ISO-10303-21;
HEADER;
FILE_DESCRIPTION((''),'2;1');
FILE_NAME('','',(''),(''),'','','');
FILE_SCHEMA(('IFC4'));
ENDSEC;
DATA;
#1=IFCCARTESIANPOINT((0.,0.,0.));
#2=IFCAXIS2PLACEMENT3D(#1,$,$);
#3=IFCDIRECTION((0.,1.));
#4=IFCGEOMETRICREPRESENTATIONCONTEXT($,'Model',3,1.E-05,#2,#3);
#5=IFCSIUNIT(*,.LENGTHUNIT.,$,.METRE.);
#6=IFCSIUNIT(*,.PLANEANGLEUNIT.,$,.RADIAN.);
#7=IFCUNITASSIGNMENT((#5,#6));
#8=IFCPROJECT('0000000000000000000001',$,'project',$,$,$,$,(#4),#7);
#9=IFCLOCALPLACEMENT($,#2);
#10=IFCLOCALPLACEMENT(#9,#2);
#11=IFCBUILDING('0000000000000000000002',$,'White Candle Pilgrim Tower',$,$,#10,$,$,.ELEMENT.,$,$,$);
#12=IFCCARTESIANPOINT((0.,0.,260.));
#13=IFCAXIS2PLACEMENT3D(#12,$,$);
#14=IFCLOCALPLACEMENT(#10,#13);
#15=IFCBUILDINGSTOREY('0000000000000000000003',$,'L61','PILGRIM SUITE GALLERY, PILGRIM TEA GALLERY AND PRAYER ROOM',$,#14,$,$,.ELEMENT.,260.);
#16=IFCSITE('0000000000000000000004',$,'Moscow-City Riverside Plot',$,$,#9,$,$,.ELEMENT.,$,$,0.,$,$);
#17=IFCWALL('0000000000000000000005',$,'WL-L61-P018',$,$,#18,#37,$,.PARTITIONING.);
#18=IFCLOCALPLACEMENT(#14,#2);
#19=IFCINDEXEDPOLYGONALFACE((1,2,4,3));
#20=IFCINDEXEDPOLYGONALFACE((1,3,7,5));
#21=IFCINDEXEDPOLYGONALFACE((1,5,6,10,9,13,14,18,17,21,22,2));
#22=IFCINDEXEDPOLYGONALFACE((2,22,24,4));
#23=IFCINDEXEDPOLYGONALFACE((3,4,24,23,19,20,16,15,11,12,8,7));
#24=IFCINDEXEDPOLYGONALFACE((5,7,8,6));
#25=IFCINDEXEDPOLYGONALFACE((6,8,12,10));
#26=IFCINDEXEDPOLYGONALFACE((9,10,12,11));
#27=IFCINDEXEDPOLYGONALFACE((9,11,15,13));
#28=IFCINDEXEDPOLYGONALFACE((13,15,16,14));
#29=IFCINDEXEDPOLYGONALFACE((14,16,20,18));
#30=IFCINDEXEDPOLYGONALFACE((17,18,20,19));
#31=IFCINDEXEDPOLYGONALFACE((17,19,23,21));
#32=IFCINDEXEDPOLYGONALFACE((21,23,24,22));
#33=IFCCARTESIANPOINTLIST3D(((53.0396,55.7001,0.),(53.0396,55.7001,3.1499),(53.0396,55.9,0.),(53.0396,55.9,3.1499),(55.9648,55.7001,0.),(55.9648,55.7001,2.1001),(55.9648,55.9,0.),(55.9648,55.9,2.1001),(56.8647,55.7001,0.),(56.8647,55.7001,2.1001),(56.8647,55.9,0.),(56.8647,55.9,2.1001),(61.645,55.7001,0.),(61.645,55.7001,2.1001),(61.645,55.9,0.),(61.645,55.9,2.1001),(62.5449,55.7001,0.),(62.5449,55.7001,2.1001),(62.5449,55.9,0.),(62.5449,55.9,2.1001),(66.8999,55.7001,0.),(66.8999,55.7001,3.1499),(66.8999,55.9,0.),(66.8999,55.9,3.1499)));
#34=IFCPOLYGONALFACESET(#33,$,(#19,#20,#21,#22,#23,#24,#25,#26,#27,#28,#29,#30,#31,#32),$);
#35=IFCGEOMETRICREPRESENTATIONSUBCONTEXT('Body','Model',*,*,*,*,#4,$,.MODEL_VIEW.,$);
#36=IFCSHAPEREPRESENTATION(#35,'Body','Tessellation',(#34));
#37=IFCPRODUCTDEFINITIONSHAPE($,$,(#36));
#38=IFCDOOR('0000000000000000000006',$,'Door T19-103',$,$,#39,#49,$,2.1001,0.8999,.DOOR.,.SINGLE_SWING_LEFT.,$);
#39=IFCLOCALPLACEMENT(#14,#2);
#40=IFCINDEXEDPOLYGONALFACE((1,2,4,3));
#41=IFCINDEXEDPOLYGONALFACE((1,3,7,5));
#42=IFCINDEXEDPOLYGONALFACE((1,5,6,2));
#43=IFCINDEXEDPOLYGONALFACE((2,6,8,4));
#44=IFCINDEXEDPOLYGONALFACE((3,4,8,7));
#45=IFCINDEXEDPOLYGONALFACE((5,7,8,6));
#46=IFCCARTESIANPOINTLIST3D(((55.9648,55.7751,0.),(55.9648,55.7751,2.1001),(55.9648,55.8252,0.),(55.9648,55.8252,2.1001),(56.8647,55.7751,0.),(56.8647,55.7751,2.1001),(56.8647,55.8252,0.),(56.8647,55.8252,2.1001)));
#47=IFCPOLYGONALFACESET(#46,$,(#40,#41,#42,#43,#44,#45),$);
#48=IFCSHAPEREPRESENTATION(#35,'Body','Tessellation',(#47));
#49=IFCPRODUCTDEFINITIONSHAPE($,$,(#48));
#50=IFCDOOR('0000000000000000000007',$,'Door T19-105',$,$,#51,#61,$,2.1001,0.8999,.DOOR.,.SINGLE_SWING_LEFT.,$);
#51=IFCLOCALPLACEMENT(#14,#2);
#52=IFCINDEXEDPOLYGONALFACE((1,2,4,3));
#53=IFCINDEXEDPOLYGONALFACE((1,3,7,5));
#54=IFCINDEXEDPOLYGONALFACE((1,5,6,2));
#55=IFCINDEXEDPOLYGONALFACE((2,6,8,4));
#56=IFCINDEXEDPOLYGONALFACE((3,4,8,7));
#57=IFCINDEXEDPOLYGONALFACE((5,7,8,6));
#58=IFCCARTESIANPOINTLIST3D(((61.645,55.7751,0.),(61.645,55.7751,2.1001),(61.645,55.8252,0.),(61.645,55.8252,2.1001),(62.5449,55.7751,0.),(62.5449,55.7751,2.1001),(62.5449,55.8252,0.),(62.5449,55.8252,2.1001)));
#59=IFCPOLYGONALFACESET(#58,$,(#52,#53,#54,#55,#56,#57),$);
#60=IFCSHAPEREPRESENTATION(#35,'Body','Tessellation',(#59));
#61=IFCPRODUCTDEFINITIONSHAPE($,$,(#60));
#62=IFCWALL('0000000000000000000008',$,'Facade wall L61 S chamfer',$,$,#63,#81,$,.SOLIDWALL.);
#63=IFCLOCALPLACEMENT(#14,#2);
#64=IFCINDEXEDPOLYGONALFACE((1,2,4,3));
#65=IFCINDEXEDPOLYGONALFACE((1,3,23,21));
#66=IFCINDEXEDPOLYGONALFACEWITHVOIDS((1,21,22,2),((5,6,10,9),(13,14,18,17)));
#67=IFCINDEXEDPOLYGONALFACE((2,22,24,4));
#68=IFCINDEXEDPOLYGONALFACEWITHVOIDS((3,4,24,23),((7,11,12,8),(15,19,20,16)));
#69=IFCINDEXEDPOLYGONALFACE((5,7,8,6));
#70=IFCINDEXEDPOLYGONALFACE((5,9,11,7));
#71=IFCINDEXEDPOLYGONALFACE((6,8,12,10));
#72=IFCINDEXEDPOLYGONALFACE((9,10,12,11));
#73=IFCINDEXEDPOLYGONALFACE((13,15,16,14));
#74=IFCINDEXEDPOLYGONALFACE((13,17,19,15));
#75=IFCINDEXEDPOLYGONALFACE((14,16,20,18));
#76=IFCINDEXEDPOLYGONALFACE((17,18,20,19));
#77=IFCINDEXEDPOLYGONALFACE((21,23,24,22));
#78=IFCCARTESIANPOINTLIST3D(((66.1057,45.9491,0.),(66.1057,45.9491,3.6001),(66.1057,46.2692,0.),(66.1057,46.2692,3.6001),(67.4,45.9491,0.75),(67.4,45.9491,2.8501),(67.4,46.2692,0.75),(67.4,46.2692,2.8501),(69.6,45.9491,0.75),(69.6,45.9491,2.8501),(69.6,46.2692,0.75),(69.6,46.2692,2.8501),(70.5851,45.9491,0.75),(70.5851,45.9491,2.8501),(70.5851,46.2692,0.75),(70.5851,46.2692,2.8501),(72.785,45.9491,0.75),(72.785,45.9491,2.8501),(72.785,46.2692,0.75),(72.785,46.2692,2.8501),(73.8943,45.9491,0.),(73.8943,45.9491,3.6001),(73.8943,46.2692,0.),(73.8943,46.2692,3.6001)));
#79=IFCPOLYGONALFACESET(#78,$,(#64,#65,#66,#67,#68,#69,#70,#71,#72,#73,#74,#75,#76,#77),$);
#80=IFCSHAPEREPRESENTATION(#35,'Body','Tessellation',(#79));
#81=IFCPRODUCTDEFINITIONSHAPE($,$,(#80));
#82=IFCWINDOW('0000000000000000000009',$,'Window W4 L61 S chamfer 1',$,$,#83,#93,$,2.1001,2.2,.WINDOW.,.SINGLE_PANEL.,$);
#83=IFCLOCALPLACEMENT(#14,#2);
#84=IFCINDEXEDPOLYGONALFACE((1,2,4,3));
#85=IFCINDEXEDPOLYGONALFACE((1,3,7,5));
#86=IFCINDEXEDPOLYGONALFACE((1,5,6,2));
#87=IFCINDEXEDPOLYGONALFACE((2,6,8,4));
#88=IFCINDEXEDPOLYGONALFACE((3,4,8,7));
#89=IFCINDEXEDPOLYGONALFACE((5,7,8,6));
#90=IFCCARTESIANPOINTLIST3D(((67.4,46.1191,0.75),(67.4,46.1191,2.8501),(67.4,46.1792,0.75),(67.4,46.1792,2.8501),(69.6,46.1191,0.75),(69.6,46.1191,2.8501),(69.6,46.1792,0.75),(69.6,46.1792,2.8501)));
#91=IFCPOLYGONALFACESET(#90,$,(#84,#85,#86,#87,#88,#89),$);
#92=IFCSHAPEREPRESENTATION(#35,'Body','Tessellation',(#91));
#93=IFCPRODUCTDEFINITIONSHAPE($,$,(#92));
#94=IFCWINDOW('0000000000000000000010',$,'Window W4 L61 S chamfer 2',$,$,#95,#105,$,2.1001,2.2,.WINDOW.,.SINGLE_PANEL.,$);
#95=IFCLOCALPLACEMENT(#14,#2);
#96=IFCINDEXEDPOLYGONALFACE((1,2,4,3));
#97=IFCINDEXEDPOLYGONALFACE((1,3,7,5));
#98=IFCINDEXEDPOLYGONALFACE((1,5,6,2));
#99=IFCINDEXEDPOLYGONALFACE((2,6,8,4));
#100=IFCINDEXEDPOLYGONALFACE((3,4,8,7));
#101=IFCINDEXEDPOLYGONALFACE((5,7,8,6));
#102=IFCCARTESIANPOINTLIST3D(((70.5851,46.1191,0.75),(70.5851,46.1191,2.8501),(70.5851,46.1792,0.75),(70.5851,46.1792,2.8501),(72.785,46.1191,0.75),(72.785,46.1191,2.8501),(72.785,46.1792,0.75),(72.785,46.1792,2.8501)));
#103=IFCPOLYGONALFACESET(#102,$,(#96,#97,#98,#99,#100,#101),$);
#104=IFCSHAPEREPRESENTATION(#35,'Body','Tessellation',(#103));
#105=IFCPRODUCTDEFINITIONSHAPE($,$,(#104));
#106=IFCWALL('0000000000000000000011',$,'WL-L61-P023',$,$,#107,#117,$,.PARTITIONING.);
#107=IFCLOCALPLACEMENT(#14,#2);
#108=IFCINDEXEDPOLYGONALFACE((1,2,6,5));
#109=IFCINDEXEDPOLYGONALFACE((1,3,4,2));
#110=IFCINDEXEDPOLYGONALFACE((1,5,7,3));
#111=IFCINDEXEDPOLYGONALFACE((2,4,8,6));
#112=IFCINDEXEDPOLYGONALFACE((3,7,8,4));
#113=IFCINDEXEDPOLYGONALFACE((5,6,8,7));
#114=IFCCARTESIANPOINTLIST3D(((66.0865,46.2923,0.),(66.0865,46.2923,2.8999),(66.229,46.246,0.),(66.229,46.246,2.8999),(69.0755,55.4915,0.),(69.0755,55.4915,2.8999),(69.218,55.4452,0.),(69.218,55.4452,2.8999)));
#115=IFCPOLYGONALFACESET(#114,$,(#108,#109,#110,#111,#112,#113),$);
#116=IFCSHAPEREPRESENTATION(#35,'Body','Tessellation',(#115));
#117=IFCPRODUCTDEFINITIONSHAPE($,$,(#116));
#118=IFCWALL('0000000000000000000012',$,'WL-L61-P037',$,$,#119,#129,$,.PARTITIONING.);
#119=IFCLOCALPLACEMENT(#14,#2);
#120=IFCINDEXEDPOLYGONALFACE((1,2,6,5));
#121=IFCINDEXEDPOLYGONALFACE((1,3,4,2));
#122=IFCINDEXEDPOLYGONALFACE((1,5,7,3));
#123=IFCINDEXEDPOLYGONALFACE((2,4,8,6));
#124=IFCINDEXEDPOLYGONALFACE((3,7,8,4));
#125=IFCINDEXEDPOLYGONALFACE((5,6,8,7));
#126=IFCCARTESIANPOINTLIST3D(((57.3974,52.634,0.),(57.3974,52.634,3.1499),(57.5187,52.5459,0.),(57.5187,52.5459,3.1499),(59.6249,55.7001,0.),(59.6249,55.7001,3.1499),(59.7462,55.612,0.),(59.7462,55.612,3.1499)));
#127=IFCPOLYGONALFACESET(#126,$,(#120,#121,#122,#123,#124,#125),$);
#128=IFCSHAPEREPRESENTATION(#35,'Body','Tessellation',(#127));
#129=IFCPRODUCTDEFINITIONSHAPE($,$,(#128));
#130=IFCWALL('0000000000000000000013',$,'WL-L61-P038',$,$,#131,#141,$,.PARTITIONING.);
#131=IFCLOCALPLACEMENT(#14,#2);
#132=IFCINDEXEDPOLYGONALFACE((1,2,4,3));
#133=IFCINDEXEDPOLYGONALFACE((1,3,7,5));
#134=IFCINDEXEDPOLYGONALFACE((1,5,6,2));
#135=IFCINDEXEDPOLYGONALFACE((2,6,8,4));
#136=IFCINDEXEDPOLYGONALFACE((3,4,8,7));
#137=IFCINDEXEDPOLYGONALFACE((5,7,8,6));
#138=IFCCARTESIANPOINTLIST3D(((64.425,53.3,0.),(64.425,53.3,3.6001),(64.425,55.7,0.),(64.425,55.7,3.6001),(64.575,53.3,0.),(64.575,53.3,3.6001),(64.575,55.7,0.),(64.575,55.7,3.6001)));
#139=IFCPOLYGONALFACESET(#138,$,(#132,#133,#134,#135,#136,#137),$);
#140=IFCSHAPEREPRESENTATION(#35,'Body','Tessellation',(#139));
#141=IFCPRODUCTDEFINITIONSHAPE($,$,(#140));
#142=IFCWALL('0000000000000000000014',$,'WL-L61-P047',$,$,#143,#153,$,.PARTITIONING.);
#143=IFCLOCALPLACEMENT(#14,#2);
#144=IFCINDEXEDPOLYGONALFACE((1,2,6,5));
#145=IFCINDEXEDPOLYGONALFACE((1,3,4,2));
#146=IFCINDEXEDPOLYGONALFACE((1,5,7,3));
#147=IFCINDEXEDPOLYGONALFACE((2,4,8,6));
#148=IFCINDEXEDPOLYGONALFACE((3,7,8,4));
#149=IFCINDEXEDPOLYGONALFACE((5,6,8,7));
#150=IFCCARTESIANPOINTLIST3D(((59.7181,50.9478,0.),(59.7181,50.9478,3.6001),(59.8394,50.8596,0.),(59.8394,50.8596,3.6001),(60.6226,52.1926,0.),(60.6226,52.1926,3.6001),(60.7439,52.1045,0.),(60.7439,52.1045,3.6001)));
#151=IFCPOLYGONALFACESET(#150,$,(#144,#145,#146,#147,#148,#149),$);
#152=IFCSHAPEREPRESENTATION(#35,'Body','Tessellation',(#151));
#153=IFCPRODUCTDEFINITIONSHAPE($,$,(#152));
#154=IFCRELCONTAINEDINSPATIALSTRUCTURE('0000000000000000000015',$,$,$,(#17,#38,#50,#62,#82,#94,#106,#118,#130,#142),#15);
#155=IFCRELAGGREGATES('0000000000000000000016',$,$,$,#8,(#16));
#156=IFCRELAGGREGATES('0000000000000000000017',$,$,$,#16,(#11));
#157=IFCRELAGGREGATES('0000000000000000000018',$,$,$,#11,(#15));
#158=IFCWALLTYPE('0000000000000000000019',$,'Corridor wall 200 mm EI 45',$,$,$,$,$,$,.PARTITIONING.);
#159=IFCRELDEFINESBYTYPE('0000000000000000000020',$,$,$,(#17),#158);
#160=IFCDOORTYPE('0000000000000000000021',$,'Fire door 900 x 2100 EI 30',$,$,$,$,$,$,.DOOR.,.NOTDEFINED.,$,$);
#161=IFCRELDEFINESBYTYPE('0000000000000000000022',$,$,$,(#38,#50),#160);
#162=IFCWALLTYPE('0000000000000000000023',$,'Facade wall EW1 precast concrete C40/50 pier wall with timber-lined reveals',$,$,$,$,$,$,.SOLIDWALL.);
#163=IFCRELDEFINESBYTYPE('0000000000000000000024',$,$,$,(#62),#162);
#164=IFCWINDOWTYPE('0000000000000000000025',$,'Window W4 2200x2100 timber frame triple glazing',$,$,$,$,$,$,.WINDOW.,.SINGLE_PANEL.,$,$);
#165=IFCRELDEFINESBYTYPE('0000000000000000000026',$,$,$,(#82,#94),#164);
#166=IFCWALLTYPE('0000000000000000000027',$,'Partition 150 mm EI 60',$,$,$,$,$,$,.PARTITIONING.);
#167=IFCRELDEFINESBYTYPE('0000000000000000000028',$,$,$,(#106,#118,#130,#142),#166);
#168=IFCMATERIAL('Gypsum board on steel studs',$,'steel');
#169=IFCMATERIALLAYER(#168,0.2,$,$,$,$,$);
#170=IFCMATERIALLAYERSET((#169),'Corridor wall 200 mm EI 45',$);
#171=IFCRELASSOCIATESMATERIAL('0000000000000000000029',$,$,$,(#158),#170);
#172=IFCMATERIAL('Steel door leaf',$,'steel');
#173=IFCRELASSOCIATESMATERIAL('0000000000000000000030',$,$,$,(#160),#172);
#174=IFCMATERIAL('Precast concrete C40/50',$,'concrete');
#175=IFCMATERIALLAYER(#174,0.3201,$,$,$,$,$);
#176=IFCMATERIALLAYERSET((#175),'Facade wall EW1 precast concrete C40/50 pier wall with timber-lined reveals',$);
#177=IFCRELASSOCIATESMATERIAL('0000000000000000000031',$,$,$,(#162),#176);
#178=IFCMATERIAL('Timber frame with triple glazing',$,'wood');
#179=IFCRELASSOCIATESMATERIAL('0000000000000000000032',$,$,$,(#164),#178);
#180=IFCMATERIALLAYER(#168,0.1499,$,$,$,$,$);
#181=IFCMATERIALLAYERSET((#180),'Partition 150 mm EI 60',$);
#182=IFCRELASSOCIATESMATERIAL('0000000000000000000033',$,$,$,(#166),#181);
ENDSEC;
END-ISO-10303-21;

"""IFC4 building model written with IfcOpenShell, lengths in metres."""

from ifc_helpers import new_model, si_unit, direction, frame, frame_2d, origin, place, context, subcontext, project, spatial, rectangle, extrude, material, layer, layer_set, type_object, element, fill, save


model = new_model("IFC4")

# Units and contexts
model_context = context("Model", 3, precision=1e-05, world=origin(), true_north=direction((0.0, 1.0)))
body_context = subcontext(model_context, "Body", "Model", "MODEL_VIEW")
ifc_project = project(units=[si_unit("LENGTHUNIT", "METRE"), si_unit("PLANEANGLEUNIT", "RADIAN")], contexts=[model_context])

# Site, building, storey
site_placement = place(None, origin())
site = spatial("IfcSite", under=ifc_project, at=site_placement, Name="Moscow-City Riverside Plot", CompositionType="ELEMENT", RefElevation=0.0)
building_placement = place(site_placement, origin())
building = spatial("IfcBuilding", under=site, at=building_placement, Name="White Candle Pilgrim Tower", CompositionType="ELEMENT")
storey_placement = place(building_placement, frame((0.0, 0.0, 260.0)))
storey = spatial("IfcBuildingStorey", under=building, at=storey_placement, Name="L61", Description="PILGRIM SUITE GALLERY, PILGRIM TEA GALLERY AND PRAYER ROOM", CompositionType="ELEMENT", Elevation=260.0)

# Wall, openings, doors
ifc_material_1 = material(Name="Gypsum board on steel studs", Category="steel")
ifc_layer_1 = layer(ifc_material_1, 0.2)
ifc_layer_set_1 = layer_set([ifc_layer_1], Name="Corridor wall 200 mm EI 45")
wall_type_1 = type_object("IfcWallType", Name="Corridor wall 200 mm EI 45", PredefinedType="PARTITIONING", material=ifc_layer_set_1)
wall_1_placement = place(storey_placement, frame((66.8999, 55.8, 0.0), z_axis=(0.0, 0.0, 1.0), x_axis=(-1.0, 0.0, 0.0)))
wall_1 = element("IfcWall", 1, at=wall_1_placement, inside=storey, type_object=wall_type_1, Name="WL-L61-P018", PredefinedType="PARTITIONING", context=body_context, shape_type="SweptSolid", body=[
    extrude(rectangle(XDim=13.8604, YDim=0.2, at=frame_2d((6.9302, 0.0))), origin(), (0.0, 0.0, 1.0), 3.1499),
])
opening_1_placement = place(wall_1_placement, frame((10.0352, 0.0, 0.0)))
opening_1 = element("IfcOpeningElement", 2, at=opening_1_placement, cuts=wall_1, PredefinedType="OPENING", context=body_context, shape_type="SweptSolid", body=[
    extrude(rectangle(XDim=0.8999, YDim=2.1001, at=frame_2d((0.45, 1.05))), frame((0.0, 0.1099, 0.0), z_axis=(0.0, -1.0, 0.0), x_axis=(1.0, 0.0, 0.0)), (0.0, 0.0, 1.0), 0.22),
])
opening_2_placement = place(wall_1_placement, frame((4.355, 0.0, 0.0)))
opening_2 = element("IfcOpeningElement", 3, at=opening_2_placement, cuts=wall_1, PredefinedType="OPENING", context=body_context, shape_type="SweptSolid", body=[
    extrude(rectangle(XDim=0.8999, YDim=2.1001, at=frame_2d((0.45, 1.05))), frame((0.0, 0.1099, 0.0), z_axis=(0.0, -1.0, 0.0), x_axis=(1.0, 0.0, 0.0)), (0.0, 0.0, 1.0), 0.22),
])
ifc_material_2 = material(Name="Steel door leaf", Category="steel")
door_type = type_object("IfcDoorType", Name="Fire door 900 x 2100 EI 30", OperationType="NOTDEFINED", PredefinedType="DOOR", material=ifc_material_2)
door_1_placement = place(opening_1_placement, origin())
door_1 = element("IfcDoor", 4, at=door_1_placement, inside=storey, type_object=door_type, Name="Door T19-103", OperationType="SINGLE_SWING_LEFT", OverallHeight=2.1001, OverallWidth=0.8999, PredefinedType="DOOR", context=body_context, shape_type="SweptSolid", body=[
    extrude(rectangle(XDim=0.8999, YDim=2.1001, at=frame_2d((0.45, 1.05))), frame((0.0, 0.0249, 0.0), z_axis=(0.0, -1.0, 0.0), x_axis=(1.0, 0.0, 0.0)), (0.0, 0.0, 1.0), 0.05),
])
fill(opening_1, door_1)
door_2_placement = place(opening_2_placement, origin())
door_2 = element("IfcDoor", 5, at=door_2_placement, inside=storey, type_object=door_type, Name="Door T19-105", OperationType="SINGLE_SWING_LEFT", OverallHeight=2.1001, OverallWidth=0.8999, PredefinedType="DOOR", context=body_context, shape_type="SweptSolid", body=[
    extrude(rectangle(XDim=0.8999, YDim=2.1001, at=frame_2d((0.45, 1.05))), frame((0.0, 0.0249, 0.0), z_axis=(0.0, -1.0, 0.0), x_axis=(1.0, 0.0, 0.0)), (0.0, 0.0, 1.0), 0.05),
])
fill(opening_2, door_2)

# Wall, openings, windows
ifc_material_3 = material(Name="Precast concrete C40/50", Category="concrete")
ifc_layer_2 = layer(ifc_material_3, 0.3201)
ifc_layer_set_2 = layer_set([ifc_layer_2], Name="Facade wall EW1 precast concrete C40/50 pier wall with timber-lined reveals")
wall_type_2 = type_object("IfcWallType", Name="Facade wall EW1 precast concrete C40/50 pier wall with timber-lined reveals", PredefinedType="SOLIDWALL", material=ifc_layer_set_2)
wall_2_placement = place(storey_placement, frame((66.1057, 46.1091, 0.0), z_axis=(0.0, 0.0, 1.0), x_axis=(1.0, 0.0, 0.0)))
wall_2 = element("IfcWall", 6, at=wall_2_placement, inside=storey, type_object=wall_type_2, Name="Facade wall L61 S chamfer", PredefinedType="SOLIDWALL", context=body_context, shape_type="SweptSolid", body=[
    extrude(rectangle(XDim=7.7886, YDim=0.3201, at=frame_2d((3.8943, 0.0))), origin(), (0.0, 0.0, 1.0), 3.6001),
])
opening_3_placement = place(wall_2_placement, frame((1.2942, 0.0, 0.75)))
opening_3 = element("IfcOpeningElement", 7, at=opening_3_placement, cuts=wall_2, PredefinedType="OPENING", context=body_context, shape_type="SweptSolid", body=[
    extrude(rectangle(XDim=2.2, YDim=2.1001, at=frame_2d((1.1001, 1.05))), frame((0.0, 0.1699, 0.0), z_axis=(0.0, -1.0, 0.0), x_axis=(1.0, 0.0, 0.0)), (0.0, 0.0, 1.0), 0.3401),
])
opening_4_placement = place(wall_2_placement, frame((4.4792, 0.0, 0.75)))
opening_4 = element("IfcOpeningElement", 8, at=opening_4_placement, cuts=wall_2, PredefinedType="OPENING", context=body_context, shape_type="SweptSolid", body=[
    extrude(rectangle(XDim=2.2, YDim=2.1001, at=frame_2d((1.1001, 1.05))), frame((0.0, 0.1699, 0.0), z_axis=(0.0, -1.0, 0.0), x_axis=(1.0, 0.0, 0.0)), (0.0, 0.0, 1.0), 0.3401),
])
ifc_material_4 = material(Name="Timber frame with triple glazing", Category="wood")
window_type = type_object("IfcWindowType", Name="Window W4 2200x2100 timber frame triple glazing", PartitioningType="SINGLE_PANEL", PredefinedType="WINDOW", material=ifc_material_4)
window_1_placement = place(opening_3_placement, origin())
window_1 = element("IfcWindow", 9, at=window_1_placement, inside=storey, type_object=window_type, Name="Window W4 L61 S chamfer 1", OverallHeight=2.1001, OverallWidth=2.2, PartitioningType="SINGLE_PANEL", PredefinedType="WINDOW", context=body_context, shape_type="SweptSolid", body=[
    extrude(rectangle(XDim=2.2, YDim=2.1001, at=frame_2d((1.1001, 1.05))), frame((0.0, 0.0701, 0.0), z_axis=(0.0, -1.0, 0.0), x_axis=(1.0, 0.0, 0.0)), (0.0, 0.0, 1.0), 0.0601),
])
fill(opening_3, window_1)
window_2_placement = place(opening_4_placement, origin())
window_2 = element("IfcWindow", 10, at=window_2_placement, inside=storey, type_object=window_type, Name="Window W4 L61 S chamfer 2", OverallHeight=2.1001, OverallWidth=2.2, PartitioningType="SINGLE_PANEL", PredefinedType="WINDOW", context=body_context, shape_type="SweptSolid", body=[
    extrude(rectangle(XDim=2.2, YDim=2.1001, at=frame_2d((1.1001, 1.05))), frame((0.0, 0.0701, 0.0), z_axis=(0.0, -1.0, 0.0), x_axis=(1.0, 0.0, 0.0)), (0.0, 0.0, 1.0), 0.0601),
])
fill(opening_4, window_2)

# Walls
ifc_layer_3 = layer(ifc_material_1, 0.1499)
ifc_layer_set_3 = layer_set([ifc_layer_3], Name="Partition 150 mm EI 60")
wall_type_3 = type_object("IfcWallType", Name="Partition 150 mm EI 60", PredefinedType="PARTITIONING", material=ifc_layer_set_3)
wall_3_placement = place(storey_placement, frame((66.1577, 46.269, 0.0), z_axis=(0.0, 0.0, 1.0), x_axis=(0.309018, 0.951056, 0.0)))
element("IfcWall", 11, at=wall_3_placement, inside=storey, type_object=wall_type_3, Name="WL-L61-P023", PredefinedType="PARTITIONING", context=body_context, shape_type="SweptSolid", body=[
    extrude(rectangle(XDim=9.6726, YDim=0.1499, at=frame_2d((4.8364, 0.0))), origin(), (0.0, 0.0, 1.0), 2.8999),
])
wall_4_placement = place(storey_placement, frame((57.458, 52.5898, 0.0), z_axis=(0.0, 0.0, 1.0), x_axis=(0.587758, 0.809037, 0.0)))
element("IfcWall", 12, at=wall_4_placement, inside=storey, type_object=wall_type_3, Name="WL-L61-P037", PredefinedType="PARTITIONING", context=body_context, shape_type="SweptSolid", body=[
    extrude(rectangle(XDim=3.7898, YDim=0.1499, at=frame_2d((1.895, 0.0))), origin(), (0.0, 0.0, 1.0), 3.1499),
])
wall_5_placement = place(storey_placement, frame((64.5, 55.7, 0.0), z_axis=(0.0, 0.0, 1.0), x_axis=(0.0, -1.0, 0.0)))
element("IfcWall", 13, at=wall_5_placement, inside=storey, type_object=wall_type_3, Name="WL-L61-P038", PredefinedType="PARTITIONING", context=body_context, shape_type="SweptSolid", body=[
    extrude(rectangle(XDim=2.3999, YDim=0.1499, at=frame_2d((1.2, 0.0))), origin(), (0.0, 0.0, 1.0), 3.6001),
])
wall_6_placement = place(storey_placement, frame((60.6833, 52.1487, 0.0), z_axis=(0.0, 0.0, 1.0), x_axis=(-0.587823, -0.80899, 0.0)))
element("IfcWall", 14, at=wall_6_placement, inside=storey, type_object=wall_type_3, Name="WL-L61-P047", PredefinedType="PARTITIONING", context=body_context, shape_type="SweptSolid", body=[
    extrude(rectangle(XDim=1.5388, YDim=0.1499, at=frame_2d((0.7695, 0.0))), origin(), (0.0, 0.0, 1.0), 3.6001),
])

save(model, "model.ifc")
